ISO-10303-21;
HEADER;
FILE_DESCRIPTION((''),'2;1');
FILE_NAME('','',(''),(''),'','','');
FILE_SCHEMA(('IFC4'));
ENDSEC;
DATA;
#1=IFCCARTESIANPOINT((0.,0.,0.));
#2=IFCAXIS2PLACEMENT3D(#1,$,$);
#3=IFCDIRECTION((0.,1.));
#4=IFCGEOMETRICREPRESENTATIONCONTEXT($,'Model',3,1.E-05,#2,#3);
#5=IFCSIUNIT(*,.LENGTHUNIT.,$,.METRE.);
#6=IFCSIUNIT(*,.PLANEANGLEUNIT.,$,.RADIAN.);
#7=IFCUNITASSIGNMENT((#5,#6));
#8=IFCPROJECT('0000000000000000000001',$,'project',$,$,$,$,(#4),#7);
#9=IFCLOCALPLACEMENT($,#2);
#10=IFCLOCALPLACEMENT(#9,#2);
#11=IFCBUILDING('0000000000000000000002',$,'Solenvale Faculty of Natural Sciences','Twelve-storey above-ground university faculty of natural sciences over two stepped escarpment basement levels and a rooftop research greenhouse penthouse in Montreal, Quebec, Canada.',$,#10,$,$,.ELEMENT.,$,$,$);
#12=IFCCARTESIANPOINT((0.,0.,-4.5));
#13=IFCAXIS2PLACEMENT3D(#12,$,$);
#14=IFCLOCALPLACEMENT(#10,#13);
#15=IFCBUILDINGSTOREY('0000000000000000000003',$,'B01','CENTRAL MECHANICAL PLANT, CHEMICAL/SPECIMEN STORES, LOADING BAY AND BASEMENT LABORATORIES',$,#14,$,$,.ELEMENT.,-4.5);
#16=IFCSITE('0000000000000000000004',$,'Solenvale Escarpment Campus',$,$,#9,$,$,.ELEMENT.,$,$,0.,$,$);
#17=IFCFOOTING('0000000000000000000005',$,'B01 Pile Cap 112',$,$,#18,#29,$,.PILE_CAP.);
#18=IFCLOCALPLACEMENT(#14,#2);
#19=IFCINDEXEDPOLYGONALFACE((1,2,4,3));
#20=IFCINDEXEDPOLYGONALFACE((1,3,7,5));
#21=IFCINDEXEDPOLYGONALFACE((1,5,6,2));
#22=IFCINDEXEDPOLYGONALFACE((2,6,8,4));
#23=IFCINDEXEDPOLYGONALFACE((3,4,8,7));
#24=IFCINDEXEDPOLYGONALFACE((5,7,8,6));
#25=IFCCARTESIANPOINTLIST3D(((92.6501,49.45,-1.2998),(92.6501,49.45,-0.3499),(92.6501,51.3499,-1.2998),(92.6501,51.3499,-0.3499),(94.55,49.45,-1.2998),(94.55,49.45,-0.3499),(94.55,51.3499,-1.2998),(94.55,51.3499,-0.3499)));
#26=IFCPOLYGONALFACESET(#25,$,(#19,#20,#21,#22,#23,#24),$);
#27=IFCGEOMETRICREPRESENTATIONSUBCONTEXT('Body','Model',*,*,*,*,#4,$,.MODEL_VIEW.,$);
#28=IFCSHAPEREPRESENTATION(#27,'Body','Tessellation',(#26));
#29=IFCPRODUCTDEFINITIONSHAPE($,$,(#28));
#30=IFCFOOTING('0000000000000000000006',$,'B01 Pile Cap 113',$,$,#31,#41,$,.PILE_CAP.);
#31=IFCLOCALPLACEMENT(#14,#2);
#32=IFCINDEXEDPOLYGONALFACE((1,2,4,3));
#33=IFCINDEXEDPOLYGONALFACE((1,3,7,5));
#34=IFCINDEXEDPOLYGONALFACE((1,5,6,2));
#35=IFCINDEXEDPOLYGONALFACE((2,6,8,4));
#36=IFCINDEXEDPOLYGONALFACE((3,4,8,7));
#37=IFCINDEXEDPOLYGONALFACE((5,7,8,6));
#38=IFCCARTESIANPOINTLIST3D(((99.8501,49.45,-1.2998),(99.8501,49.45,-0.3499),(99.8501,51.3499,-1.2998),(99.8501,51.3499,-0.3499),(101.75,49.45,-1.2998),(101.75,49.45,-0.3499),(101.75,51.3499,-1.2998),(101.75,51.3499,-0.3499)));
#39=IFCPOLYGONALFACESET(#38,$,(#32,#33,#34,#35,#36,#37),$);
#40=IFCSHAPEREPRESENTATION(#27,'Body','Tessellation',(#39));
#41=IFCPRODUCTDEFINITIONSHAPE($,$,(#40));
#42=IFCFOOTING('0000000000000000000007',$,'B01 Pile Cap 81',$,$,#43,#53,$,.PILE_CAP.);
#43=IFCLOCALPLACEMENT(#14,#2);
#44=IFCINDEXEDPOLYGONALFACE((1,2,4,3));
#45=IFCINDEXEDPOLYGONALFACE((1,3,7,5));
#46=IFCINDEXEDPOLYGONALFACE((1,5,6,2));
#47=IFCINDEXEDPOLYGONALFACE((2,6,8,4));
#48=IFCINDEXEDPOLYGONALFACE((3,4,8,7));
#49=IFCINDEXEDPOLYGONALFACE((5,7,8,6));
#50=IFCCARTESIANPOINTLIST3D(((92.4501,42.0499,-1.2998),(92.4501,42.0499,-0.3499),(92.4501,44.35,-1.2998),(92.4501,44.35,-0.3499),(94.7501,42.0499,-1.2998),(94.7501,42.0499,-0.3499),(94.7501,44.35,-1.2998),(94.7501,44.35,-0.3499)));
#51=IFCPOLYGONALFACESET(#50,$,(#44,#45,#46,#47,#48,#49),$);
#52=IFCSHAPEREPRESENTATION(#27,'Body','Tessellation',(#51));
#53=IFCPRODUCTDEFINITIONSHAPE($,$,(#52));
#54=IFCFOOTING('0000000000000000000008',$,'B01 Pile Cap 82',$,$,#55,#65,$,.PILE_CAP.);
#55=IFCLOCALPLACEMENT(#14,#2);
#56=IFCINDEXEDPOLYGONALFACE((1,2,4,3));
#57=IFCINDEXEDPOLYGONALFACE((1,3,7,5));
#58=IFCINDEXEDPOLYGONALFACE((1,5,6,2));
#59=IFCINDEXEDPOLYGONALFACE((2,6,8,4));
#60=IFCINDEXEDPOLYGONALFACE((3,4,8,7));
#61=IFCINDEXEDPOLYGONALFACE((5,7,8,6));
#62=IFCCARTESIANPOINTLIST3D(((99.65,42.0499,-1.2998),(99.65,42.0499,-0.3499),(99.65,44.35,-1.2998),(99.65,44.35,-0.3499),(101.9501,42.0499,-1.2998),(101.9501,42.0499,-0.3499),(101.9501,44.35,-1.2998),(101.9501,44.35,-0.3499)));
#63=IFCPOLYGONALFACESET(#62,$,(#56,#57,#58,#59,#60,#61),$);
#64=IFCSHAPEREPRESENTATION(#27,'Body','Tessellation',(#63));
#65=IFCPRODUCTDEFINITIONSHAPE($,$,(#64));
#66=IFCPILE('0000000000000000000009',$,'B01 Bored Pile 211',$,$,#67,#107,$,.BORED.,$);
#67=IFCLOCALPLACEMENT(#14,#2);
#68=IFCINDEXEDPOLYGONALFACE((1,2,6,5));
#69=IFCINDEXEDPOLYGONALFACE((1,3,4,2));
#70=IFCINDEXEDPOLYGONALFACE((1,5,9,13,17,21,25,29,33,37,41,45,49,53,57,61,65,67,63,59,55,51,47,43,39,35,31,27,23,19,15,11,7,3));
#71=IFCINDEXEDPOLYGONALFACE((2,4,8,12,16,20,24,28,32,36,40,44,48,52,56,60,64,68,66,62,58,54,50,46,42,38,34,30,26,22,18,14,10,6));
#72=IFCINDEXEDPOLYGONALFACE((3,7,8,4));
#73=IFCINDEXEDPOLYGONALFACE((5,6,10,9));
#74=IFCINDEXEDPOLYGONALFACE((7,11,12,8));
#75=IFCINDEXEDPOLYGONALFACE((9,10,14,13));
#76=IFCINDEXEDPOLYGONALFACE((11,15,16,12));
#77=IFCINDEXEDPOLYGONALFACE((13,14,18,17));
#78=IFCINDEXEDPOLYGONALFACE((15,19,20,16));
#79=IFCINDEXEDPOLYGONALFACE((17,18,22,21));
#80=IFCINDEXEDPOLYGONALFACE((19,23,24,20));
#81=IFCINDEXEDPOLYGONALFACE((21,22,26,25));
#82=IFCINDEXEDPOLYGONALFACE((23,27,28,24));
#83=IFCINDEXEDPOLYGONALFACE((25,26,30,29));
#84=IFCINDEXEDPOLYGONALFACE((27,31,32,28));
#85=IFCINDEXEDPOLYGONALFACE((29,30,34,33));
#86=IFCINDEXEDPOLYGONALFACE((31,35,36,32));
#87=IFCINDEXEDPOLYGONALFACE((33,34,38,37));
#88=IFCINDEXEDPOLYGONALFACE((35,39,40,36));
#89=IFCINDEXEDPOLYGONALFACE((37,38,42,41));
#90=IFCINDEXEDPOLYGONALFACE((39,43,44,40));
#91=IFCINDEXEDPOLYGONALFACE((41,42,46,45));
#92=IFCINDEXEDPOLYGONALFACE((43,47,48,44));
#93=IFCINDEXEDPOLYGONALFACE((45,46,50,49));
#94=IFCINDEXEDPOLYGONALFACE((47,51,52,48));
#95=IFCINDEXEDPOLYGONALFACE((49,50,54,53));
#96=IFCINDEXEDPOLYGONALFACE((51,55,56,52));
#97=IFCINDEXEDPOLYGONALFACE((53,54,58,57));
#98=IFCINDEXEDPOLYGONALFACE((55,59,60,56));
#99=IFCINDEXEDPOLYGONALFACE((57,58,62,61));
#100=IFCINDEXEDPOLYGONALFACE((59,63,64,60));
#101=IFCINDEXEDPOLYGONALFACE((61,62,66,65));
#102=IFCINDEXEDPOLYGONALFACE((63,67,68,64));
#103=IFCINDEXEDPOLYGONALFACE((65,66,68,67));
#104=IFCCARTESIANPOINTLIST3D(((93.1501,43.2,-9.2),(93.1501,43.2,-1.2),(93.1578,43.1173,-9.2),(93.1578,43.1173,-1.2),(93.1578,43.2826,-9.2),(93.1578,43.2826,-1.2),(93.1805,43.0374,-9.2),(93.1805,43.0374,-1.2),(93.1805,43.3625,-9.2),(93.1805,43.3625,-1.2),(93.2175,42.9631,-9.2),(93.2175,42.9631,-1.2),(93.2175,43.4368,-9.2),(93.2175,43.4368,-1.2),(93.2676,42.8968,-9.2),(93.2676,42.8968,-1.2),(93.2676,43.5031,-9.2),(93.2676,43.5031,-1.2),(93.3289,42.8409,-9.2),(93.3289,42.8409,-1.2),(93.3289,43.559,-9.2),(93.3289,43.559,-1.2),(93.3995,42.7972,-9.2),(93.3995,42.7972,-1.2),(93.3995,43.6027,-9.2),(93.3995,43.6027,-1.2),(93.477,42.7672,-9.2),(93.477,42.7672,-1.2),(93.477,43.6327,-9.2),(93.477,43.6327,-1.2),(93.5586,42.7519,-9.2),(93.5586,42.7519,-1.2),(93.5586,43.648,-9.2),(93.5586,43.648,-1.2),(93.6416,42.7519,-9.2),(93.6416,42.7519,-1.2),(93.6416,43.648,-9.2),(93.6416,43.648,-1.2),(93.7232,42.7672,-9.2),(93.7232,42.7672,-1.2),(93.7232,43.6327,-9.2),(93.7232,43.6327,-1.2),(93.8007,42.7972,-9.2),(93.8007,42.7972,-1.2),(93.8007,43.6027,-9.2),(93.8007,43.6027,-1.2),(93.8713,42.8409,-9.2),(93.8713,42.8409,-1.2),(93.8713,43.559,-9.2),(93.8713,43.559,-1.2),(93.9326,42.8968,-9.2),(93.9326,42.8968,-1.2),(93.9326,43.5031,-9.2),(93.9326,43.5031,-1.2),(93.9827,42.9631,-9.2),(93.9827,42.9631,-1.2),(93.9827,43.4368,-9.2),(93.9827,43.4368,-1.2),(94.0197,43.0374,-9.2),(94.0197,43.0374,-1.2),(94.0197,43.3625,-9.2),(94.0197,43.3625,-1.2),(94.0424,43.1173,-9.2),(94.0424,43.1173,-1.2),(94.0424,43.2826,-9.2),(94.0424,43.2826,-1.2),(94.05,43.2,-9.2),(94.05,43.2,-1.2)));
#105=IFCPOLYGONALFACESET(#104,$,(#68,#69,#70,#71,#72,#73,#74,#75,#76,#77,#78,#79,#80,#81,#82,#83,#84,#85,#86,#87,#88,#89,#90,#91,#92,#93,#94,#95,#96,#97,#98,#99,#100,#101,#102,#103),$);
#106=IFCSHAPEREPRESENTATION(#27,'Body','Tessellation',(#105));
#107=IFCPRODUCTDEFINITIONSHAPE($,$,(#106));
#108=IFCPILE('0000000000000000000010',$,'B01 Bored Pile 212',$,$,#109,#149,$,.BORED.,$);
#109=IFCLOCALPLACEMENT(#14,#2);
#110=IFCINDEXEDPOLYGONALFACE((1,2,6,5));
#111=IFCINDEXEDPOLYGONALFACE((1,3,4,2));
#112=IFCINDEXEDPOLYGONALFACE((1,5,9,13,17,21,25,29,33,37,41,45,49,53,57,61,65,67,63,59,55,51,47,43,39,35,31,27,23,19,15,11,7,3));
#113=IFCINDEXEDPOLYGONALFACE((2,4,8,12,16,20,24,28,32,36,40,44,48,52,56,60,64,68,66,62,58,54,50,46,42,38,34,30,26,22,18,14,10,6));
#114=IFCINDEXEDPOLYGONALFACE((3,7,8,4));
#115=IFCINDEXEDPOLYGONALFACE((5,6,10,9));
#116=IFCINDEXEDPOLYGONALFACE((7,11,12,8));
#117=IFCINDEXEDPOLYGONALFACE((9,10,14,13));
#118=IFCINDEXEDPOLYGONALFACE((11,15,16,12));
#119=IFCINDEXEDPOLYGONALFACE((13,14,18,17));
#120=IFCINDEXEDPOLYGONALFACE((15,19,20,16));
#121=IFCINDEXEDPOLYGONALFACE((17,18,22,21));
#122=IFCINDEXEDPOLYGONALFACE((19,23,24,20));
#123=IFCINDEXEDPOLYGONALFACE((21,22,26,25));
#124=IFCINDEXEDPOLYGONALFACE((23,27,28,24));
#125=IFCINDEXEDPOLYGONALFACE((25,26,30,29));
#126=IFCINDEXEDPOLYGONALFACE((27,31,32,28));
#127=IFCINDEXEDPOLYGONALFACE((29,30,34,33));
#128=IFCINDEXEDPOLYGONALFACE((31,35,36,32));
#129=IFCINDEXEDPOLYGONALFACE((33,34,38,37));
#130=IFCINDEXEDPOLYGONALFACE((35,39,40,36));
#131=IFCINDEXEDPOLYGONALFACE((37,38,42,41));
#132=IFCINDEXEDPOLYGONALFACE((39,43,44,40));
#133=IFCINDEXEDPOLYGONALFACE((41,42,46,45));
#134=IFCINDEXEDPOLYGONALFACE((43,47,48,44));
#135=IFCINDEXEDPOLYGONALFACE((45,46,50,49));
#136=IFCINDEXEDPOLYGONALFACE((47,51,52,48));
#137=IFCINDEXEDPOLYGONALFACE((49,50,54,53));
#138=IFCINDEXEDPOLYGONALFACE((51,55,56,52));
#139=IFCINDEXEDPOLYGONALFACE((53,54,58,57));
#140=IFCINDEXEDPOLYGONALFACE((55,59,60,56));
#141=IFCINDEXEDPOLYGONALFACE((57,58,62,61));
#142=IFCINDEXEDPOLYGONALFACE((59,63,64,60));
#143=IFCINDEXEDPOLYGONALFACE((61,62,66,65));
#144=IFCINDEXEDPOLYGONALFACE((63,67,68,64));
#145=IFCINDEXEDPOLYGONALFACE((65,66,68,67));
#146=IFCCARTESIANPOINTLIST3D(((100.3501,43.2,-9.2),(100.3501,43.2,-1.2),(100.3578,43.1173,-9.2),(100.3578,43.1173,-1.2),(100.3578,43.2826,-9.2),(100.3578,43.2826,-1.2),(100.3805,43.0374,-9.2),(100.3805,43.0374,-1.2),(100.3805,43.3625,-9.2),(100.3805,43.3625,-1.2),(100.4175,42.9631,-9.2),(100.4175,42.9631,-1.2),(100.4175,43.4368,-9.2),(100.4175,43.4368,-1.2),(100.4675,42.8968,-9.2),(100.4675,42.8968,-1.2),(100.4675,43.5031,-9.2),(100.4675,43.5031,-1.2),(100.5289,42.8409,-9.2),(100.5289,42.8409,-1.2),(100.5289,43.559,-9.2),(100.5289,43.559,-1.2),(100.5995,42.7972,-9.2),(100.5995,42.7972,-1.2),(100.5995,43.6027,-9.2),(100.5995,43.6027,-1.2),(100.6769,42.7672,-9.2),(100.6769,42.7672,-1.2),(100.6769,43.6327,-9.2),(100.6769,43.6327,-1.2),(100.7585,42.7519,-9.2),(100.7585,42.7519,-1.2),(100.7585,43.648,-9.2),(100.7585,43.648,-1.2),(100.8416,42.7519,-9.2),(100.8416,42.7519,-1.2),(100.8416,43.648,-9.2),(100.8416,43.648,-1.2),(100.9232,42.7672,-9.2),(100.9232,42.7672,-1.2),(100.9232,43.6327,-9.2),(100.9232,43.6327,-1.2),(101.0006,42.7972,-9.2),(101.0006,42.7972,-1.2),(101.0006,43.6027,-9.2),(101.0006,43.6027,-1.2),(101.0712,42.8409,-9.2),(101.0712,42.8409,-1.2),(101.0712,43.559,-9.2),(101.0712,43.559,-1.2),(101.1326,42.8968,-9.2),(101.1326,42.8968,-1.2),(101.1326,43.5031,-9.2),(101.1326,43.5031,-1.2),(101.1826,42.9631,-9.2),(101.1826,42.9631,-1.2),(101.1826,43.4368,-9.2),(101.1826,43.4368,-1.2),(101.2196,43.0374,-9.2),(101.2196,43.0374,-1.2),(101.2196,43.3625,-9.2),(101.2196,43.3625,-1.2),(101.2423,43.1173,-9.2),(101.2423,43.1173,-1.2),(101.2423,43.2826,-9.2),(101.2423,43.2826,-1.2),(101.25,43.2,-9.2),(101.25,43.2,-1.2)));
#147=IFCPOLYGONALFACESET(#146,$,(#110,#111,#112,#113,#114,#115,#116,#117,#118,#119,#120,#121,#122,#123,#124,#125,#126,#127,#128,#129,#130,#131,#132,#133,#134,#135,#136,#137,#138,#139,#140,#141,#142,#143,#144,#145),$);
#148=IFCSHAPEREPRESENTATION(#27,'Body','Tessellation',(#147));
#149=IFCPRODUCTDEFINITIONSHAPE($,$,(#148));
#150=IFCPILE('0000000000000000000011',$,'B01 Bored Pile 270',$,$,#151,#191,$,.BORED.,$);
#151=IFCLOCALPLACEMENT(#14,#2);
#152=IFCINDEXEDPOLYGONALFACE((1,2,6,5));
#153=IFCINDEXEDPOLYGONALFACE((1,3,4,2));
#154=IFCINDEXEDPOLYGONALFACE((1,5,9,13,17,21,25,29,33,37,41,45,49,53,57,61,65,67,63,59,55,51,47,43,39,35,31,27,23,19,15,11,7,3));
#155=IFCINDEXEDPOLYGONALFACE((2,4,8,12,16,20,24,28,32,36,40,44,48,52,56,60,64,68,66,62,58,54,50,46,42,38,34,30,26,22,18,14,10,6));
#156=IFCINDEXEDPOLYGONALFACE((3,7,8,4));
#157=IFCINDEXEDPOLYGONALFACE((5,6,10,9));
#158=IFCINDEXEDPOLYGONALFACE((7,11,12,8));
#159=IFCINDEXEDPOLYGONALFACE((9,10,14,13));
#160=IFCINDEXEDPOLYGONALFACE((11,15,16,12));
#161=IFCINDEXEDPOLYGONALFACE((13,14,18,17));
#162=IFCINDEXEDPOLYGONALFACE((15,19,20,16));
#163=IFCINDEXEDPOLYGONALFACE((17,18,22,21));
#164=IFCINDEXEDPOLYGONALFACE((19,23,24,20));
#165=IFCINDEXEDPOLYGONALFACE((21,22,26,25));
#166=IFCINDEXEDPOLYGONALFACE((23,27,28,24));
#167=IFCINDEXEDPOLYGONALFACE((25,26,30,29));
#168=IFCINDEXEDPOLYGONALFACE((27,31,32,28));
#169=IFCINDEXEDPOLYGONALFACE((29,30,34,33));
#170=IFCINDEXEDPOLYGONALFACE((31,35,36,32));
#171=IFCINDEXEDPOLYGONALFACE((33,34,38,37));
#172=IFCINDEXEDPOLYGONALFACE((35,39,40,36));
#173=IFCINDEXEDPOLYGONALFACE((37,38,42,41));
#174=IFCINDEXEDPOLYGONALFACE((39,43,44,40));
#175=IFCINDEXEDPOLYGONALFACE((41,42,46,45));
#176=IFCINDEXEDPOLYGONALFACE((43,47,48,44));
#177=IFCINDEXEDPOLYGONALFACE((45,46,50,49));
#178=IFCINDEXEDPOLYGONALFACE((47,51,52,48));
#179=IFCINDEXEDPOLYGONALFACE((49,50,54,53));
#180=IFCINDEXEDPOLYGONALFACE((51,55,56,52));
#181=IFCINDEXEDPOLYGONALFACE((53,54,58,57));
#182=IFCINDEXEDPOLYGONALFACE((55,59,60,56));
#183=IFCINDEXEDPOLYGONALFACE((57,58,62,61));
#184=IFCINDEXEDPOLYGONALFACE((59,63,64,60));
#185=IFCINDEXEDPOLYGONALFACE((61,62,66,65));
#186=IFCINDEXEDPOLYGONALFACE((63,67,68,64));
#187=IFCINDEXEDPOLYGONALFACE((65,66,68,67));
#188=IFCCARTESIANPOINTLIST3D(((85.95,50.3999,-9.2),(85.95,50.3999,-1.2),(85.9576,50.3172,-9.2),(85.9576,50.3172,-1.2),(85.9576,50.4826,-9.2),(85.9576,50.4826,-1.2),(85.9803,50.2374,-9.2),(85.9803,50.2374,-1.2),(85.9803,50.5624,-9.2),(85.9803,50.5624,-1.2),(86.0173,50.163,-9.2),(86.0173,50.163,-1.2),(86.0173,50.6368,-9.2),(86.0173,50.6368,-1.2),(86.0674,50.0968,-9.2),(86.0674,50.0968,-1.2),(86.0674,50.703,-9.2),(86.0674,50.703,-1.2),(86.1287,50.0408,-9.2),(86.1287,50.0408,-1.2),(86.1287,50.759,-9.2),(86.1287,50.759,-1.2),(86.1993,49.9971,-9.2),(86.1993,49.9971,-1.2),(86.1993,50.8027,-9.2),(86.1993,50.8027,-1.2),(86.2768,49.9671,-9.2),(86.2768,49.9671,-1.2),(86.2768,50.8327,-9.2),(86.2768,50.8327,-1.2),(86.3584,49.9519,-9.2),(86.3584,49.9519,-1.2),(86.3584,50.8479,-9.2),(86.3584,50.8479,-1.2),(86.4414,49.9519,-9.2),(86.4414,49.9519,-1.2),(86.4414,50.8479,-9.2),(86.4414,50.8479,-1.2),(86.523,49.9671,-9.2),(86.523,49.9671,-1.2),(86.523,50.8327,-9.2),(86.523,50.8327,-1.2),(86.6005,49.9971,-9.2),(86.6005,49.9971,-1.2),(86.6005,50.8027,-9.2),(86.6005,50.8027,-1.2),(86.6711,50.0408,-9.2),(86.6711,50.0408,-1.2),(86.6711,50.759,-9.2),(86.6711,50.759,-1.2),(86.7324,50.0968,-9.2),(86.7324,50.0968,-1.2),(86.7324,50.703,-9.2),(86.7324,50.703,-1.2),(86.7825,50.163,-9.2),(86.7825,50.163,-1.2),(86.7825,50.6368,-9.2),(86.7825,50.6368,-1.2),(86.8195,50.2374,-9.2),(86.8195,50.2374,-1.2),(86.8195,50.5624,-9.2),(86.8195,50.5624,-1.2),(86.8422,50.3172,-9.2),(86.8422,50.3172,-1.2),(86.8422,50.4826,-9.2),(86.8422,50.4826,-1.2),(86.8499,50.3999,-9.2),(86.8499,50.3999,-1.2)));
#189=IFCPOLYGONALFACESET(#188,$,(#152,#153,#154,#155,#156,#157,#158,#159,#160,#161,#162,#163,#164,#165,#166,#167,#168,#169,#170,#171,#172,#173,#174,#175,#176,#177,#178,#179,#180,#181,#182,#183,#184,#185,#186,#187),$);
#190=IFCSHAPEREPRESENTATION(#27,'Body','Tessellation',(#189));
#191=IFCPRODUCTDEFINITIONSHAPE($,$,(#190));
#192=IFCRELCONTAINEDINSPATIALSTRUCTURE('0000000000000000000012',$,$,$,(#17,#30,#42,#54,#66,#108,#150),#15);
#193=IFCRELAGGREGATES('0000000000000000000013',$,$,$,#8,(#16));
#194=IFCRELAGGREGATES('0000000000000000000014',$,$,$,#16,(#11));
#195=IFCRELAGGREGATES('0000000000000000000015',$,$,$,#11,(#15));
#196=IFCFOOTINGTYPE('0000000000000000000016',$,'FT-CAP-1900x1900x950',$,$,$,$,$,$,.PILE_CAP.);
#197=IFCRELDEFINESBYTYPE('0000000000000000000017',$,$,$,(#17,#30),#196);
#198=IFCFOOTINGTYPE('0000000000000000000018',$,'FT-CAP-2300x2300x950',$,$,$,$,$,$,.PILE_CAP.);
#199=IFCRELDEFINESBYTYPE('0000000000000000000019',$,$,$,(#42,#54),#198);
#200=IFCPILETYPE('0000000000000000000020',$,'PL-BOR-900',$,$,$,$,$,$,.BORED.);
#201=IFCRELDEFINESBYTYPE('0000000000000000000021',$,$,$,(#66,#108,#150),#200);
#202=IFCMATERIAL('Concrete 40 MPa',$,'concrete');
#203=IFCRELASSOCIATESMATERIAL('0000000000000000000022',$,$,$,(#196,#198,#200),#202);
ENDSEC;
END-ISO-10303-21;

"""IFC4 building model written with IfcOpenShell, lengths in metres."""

from ifc_helpers import new_model, si_unit, direction, frame, origin, origin_2d, place, context, subcontext, project, spatial, rectangle, circle, extrude, material, material_profile, profile_set, type_object, element, save


model = new_model("IFC4")

# Units and contexts
model_context = context("Model", 3, precision=1e-05, world=origin(), true_north=direction((0.0, 1.0)))
body_context = subcontext(model_context, "Body", "Model", "MODEL_VIEW")
ifc_project = project(units=[si_unit("LENGTHUNIT", "METRE"), si_unit("PLANEANGLEUNIT", "RADIAN")], contexts=[model_context])

# Site, building, storey
site_placement = place(None, origin())
site = spatial("IfcSite", under=ifc_project, at=site_placement, Name="Solenvale Escarpment Campus", CompositionType="ELEMENT", RefElevation=0.0)
building_placement = place(site_placement, origin())
building = spatial("IfcBuilding", under=site, at=building_placement, Name="Solenvale Faculty of Natural Sciences", Description="Twelve-storey above-ground university faculty of natural sciences over two stepped escarpment basement levels and a rooftop research greenhouse penthouse in Montreal, Quebec, Canada.", CompositionType="ELEMENT")
storey_placement = place(building_placement, frame((0.0, 0.0, -4.5)))
storey = spatial("IfcBuildingStorey", under=building, at=storey_placement, Name="B01", Description="CENTRAL MECHANICAL PLANT, CHEMICAL/SPECIMEN STORES, LOADING BAY AND BASEMENT LABORATORIES", CompositionType="ELEMENT", Elevation=-4.5)

# Footings
ifc_material_1 = material(Name="Concrete 40 MPa", Category="concrete")
footing_type_1 = type_object("IfcFootingType", Name="FT-CAP-1900x1900x950", PredefinedType="PILE_CAP", material=ifc_material_1)
for number, where, z_axis, x_axis, name in (
    (1, (93.6001, 50.3999, -1.2998), (0.0, 0.0, 1.0), (1.0, 0.0, 0.0), "B01 Pile Cap 112"),
    (2, (100.8, 50.3999, -1.2998), (0.0, 0.0, 1.0), (1.0, 0.0, 0.0), "B01 Pile Cap 113"),
):
    element("IfcFooting", number, at=place(storey_placement, frame(where, z_axis=z_axis, x_axis=x_axis)), inside=storey, type_object=footing_type_1, Name=name, PredefinedType="PILE_CAP", context=body_context, shape_type="SweptSolid", body=[
        extrude(rectangle(XDim=1.8999, YDim=1.8999, at=origin_2d()), origin(), (0.0, 0.0, 1.0), 0.95),
    ])
footing_type_2 = type_object("IfcFootingType", Name="FT-CAP-2300x2300x950", PredefinedType="PILE_CAP", material=ifc_material_1)
for number, where, z_axis, x_axis, name in (
    (3, (93.6001, 43.2, -1.2998), (0.0, 0.0, 1.0), (1.0, 0.0, 0.0), "B01 Pile Cap 81"),
    (4, (100.8, 43.2, -1.2998), (0.0, 0.0, 1.0), (1.0, 0.0, 0.0), "B01 Pile Cap 82"),
):
    element("IfcFooting", number, at=place(storey_placement, frame(where, z_axis=z_axis, x_axis=x_axis)), inside=storey, type_object=footing_type_2, Name=name, PredefinedType="PILE_CAP", context=body_context, shape_type="SweptSolid", body=[
        extrude(rectangle(XDim=2.3, YDim=2.3, at=origin_2d()), origin(), (0.0, 0.0, 1.0), 0.95),
    ])

# Piles
ifc_material_profile_1 = material_profile(ifc_material_1, circle(Radius=0.45, at=origin_2d()), Name="PILE-D900")
ifc_profile_set_1 = profile_set([ifc_material_profile_1], Name="Concrete 40 MPa")
pile_type = type_object("IfcPileType", Name="PL-BOR-900", PredefinedType="BORED", material=ifc_profile_set_1)
for number, where, z_axis, x_axis, name in (
    (5, (93.6001, 43.2, -1.2), (0.0, 0.0, -1.0), (1.0, 0.0, 0.0), "B01 Bored Pile 211"),
    (6, (100.8, 43.2, -1.2), (0.0, 0.0, -1.0), (1.0, 0.0, 0.0), "B01 Bored Pile 212"),
    (7, (86.3999, 50.3999, -1.2), (0.0, 0.0, -1.0), (1.0, 0.0, 0.0), "B01 Bored Pile 270"),
):
    element("IfcPile", number, at=place(storey_placement, frame(where, z_axis=z_axis, x_axis=x_axis)), inside=storey, type_object=pile_type, Name=name, PredefinedType="BORED", context=body_context, shape_type="SweptSolid", body=[
        extrude(circle(Radius=0.45, at=origin_2d()), origin(), (0.0, 0.0, 1.0), 8.0),
    ])

save(model, "model.ifc")
